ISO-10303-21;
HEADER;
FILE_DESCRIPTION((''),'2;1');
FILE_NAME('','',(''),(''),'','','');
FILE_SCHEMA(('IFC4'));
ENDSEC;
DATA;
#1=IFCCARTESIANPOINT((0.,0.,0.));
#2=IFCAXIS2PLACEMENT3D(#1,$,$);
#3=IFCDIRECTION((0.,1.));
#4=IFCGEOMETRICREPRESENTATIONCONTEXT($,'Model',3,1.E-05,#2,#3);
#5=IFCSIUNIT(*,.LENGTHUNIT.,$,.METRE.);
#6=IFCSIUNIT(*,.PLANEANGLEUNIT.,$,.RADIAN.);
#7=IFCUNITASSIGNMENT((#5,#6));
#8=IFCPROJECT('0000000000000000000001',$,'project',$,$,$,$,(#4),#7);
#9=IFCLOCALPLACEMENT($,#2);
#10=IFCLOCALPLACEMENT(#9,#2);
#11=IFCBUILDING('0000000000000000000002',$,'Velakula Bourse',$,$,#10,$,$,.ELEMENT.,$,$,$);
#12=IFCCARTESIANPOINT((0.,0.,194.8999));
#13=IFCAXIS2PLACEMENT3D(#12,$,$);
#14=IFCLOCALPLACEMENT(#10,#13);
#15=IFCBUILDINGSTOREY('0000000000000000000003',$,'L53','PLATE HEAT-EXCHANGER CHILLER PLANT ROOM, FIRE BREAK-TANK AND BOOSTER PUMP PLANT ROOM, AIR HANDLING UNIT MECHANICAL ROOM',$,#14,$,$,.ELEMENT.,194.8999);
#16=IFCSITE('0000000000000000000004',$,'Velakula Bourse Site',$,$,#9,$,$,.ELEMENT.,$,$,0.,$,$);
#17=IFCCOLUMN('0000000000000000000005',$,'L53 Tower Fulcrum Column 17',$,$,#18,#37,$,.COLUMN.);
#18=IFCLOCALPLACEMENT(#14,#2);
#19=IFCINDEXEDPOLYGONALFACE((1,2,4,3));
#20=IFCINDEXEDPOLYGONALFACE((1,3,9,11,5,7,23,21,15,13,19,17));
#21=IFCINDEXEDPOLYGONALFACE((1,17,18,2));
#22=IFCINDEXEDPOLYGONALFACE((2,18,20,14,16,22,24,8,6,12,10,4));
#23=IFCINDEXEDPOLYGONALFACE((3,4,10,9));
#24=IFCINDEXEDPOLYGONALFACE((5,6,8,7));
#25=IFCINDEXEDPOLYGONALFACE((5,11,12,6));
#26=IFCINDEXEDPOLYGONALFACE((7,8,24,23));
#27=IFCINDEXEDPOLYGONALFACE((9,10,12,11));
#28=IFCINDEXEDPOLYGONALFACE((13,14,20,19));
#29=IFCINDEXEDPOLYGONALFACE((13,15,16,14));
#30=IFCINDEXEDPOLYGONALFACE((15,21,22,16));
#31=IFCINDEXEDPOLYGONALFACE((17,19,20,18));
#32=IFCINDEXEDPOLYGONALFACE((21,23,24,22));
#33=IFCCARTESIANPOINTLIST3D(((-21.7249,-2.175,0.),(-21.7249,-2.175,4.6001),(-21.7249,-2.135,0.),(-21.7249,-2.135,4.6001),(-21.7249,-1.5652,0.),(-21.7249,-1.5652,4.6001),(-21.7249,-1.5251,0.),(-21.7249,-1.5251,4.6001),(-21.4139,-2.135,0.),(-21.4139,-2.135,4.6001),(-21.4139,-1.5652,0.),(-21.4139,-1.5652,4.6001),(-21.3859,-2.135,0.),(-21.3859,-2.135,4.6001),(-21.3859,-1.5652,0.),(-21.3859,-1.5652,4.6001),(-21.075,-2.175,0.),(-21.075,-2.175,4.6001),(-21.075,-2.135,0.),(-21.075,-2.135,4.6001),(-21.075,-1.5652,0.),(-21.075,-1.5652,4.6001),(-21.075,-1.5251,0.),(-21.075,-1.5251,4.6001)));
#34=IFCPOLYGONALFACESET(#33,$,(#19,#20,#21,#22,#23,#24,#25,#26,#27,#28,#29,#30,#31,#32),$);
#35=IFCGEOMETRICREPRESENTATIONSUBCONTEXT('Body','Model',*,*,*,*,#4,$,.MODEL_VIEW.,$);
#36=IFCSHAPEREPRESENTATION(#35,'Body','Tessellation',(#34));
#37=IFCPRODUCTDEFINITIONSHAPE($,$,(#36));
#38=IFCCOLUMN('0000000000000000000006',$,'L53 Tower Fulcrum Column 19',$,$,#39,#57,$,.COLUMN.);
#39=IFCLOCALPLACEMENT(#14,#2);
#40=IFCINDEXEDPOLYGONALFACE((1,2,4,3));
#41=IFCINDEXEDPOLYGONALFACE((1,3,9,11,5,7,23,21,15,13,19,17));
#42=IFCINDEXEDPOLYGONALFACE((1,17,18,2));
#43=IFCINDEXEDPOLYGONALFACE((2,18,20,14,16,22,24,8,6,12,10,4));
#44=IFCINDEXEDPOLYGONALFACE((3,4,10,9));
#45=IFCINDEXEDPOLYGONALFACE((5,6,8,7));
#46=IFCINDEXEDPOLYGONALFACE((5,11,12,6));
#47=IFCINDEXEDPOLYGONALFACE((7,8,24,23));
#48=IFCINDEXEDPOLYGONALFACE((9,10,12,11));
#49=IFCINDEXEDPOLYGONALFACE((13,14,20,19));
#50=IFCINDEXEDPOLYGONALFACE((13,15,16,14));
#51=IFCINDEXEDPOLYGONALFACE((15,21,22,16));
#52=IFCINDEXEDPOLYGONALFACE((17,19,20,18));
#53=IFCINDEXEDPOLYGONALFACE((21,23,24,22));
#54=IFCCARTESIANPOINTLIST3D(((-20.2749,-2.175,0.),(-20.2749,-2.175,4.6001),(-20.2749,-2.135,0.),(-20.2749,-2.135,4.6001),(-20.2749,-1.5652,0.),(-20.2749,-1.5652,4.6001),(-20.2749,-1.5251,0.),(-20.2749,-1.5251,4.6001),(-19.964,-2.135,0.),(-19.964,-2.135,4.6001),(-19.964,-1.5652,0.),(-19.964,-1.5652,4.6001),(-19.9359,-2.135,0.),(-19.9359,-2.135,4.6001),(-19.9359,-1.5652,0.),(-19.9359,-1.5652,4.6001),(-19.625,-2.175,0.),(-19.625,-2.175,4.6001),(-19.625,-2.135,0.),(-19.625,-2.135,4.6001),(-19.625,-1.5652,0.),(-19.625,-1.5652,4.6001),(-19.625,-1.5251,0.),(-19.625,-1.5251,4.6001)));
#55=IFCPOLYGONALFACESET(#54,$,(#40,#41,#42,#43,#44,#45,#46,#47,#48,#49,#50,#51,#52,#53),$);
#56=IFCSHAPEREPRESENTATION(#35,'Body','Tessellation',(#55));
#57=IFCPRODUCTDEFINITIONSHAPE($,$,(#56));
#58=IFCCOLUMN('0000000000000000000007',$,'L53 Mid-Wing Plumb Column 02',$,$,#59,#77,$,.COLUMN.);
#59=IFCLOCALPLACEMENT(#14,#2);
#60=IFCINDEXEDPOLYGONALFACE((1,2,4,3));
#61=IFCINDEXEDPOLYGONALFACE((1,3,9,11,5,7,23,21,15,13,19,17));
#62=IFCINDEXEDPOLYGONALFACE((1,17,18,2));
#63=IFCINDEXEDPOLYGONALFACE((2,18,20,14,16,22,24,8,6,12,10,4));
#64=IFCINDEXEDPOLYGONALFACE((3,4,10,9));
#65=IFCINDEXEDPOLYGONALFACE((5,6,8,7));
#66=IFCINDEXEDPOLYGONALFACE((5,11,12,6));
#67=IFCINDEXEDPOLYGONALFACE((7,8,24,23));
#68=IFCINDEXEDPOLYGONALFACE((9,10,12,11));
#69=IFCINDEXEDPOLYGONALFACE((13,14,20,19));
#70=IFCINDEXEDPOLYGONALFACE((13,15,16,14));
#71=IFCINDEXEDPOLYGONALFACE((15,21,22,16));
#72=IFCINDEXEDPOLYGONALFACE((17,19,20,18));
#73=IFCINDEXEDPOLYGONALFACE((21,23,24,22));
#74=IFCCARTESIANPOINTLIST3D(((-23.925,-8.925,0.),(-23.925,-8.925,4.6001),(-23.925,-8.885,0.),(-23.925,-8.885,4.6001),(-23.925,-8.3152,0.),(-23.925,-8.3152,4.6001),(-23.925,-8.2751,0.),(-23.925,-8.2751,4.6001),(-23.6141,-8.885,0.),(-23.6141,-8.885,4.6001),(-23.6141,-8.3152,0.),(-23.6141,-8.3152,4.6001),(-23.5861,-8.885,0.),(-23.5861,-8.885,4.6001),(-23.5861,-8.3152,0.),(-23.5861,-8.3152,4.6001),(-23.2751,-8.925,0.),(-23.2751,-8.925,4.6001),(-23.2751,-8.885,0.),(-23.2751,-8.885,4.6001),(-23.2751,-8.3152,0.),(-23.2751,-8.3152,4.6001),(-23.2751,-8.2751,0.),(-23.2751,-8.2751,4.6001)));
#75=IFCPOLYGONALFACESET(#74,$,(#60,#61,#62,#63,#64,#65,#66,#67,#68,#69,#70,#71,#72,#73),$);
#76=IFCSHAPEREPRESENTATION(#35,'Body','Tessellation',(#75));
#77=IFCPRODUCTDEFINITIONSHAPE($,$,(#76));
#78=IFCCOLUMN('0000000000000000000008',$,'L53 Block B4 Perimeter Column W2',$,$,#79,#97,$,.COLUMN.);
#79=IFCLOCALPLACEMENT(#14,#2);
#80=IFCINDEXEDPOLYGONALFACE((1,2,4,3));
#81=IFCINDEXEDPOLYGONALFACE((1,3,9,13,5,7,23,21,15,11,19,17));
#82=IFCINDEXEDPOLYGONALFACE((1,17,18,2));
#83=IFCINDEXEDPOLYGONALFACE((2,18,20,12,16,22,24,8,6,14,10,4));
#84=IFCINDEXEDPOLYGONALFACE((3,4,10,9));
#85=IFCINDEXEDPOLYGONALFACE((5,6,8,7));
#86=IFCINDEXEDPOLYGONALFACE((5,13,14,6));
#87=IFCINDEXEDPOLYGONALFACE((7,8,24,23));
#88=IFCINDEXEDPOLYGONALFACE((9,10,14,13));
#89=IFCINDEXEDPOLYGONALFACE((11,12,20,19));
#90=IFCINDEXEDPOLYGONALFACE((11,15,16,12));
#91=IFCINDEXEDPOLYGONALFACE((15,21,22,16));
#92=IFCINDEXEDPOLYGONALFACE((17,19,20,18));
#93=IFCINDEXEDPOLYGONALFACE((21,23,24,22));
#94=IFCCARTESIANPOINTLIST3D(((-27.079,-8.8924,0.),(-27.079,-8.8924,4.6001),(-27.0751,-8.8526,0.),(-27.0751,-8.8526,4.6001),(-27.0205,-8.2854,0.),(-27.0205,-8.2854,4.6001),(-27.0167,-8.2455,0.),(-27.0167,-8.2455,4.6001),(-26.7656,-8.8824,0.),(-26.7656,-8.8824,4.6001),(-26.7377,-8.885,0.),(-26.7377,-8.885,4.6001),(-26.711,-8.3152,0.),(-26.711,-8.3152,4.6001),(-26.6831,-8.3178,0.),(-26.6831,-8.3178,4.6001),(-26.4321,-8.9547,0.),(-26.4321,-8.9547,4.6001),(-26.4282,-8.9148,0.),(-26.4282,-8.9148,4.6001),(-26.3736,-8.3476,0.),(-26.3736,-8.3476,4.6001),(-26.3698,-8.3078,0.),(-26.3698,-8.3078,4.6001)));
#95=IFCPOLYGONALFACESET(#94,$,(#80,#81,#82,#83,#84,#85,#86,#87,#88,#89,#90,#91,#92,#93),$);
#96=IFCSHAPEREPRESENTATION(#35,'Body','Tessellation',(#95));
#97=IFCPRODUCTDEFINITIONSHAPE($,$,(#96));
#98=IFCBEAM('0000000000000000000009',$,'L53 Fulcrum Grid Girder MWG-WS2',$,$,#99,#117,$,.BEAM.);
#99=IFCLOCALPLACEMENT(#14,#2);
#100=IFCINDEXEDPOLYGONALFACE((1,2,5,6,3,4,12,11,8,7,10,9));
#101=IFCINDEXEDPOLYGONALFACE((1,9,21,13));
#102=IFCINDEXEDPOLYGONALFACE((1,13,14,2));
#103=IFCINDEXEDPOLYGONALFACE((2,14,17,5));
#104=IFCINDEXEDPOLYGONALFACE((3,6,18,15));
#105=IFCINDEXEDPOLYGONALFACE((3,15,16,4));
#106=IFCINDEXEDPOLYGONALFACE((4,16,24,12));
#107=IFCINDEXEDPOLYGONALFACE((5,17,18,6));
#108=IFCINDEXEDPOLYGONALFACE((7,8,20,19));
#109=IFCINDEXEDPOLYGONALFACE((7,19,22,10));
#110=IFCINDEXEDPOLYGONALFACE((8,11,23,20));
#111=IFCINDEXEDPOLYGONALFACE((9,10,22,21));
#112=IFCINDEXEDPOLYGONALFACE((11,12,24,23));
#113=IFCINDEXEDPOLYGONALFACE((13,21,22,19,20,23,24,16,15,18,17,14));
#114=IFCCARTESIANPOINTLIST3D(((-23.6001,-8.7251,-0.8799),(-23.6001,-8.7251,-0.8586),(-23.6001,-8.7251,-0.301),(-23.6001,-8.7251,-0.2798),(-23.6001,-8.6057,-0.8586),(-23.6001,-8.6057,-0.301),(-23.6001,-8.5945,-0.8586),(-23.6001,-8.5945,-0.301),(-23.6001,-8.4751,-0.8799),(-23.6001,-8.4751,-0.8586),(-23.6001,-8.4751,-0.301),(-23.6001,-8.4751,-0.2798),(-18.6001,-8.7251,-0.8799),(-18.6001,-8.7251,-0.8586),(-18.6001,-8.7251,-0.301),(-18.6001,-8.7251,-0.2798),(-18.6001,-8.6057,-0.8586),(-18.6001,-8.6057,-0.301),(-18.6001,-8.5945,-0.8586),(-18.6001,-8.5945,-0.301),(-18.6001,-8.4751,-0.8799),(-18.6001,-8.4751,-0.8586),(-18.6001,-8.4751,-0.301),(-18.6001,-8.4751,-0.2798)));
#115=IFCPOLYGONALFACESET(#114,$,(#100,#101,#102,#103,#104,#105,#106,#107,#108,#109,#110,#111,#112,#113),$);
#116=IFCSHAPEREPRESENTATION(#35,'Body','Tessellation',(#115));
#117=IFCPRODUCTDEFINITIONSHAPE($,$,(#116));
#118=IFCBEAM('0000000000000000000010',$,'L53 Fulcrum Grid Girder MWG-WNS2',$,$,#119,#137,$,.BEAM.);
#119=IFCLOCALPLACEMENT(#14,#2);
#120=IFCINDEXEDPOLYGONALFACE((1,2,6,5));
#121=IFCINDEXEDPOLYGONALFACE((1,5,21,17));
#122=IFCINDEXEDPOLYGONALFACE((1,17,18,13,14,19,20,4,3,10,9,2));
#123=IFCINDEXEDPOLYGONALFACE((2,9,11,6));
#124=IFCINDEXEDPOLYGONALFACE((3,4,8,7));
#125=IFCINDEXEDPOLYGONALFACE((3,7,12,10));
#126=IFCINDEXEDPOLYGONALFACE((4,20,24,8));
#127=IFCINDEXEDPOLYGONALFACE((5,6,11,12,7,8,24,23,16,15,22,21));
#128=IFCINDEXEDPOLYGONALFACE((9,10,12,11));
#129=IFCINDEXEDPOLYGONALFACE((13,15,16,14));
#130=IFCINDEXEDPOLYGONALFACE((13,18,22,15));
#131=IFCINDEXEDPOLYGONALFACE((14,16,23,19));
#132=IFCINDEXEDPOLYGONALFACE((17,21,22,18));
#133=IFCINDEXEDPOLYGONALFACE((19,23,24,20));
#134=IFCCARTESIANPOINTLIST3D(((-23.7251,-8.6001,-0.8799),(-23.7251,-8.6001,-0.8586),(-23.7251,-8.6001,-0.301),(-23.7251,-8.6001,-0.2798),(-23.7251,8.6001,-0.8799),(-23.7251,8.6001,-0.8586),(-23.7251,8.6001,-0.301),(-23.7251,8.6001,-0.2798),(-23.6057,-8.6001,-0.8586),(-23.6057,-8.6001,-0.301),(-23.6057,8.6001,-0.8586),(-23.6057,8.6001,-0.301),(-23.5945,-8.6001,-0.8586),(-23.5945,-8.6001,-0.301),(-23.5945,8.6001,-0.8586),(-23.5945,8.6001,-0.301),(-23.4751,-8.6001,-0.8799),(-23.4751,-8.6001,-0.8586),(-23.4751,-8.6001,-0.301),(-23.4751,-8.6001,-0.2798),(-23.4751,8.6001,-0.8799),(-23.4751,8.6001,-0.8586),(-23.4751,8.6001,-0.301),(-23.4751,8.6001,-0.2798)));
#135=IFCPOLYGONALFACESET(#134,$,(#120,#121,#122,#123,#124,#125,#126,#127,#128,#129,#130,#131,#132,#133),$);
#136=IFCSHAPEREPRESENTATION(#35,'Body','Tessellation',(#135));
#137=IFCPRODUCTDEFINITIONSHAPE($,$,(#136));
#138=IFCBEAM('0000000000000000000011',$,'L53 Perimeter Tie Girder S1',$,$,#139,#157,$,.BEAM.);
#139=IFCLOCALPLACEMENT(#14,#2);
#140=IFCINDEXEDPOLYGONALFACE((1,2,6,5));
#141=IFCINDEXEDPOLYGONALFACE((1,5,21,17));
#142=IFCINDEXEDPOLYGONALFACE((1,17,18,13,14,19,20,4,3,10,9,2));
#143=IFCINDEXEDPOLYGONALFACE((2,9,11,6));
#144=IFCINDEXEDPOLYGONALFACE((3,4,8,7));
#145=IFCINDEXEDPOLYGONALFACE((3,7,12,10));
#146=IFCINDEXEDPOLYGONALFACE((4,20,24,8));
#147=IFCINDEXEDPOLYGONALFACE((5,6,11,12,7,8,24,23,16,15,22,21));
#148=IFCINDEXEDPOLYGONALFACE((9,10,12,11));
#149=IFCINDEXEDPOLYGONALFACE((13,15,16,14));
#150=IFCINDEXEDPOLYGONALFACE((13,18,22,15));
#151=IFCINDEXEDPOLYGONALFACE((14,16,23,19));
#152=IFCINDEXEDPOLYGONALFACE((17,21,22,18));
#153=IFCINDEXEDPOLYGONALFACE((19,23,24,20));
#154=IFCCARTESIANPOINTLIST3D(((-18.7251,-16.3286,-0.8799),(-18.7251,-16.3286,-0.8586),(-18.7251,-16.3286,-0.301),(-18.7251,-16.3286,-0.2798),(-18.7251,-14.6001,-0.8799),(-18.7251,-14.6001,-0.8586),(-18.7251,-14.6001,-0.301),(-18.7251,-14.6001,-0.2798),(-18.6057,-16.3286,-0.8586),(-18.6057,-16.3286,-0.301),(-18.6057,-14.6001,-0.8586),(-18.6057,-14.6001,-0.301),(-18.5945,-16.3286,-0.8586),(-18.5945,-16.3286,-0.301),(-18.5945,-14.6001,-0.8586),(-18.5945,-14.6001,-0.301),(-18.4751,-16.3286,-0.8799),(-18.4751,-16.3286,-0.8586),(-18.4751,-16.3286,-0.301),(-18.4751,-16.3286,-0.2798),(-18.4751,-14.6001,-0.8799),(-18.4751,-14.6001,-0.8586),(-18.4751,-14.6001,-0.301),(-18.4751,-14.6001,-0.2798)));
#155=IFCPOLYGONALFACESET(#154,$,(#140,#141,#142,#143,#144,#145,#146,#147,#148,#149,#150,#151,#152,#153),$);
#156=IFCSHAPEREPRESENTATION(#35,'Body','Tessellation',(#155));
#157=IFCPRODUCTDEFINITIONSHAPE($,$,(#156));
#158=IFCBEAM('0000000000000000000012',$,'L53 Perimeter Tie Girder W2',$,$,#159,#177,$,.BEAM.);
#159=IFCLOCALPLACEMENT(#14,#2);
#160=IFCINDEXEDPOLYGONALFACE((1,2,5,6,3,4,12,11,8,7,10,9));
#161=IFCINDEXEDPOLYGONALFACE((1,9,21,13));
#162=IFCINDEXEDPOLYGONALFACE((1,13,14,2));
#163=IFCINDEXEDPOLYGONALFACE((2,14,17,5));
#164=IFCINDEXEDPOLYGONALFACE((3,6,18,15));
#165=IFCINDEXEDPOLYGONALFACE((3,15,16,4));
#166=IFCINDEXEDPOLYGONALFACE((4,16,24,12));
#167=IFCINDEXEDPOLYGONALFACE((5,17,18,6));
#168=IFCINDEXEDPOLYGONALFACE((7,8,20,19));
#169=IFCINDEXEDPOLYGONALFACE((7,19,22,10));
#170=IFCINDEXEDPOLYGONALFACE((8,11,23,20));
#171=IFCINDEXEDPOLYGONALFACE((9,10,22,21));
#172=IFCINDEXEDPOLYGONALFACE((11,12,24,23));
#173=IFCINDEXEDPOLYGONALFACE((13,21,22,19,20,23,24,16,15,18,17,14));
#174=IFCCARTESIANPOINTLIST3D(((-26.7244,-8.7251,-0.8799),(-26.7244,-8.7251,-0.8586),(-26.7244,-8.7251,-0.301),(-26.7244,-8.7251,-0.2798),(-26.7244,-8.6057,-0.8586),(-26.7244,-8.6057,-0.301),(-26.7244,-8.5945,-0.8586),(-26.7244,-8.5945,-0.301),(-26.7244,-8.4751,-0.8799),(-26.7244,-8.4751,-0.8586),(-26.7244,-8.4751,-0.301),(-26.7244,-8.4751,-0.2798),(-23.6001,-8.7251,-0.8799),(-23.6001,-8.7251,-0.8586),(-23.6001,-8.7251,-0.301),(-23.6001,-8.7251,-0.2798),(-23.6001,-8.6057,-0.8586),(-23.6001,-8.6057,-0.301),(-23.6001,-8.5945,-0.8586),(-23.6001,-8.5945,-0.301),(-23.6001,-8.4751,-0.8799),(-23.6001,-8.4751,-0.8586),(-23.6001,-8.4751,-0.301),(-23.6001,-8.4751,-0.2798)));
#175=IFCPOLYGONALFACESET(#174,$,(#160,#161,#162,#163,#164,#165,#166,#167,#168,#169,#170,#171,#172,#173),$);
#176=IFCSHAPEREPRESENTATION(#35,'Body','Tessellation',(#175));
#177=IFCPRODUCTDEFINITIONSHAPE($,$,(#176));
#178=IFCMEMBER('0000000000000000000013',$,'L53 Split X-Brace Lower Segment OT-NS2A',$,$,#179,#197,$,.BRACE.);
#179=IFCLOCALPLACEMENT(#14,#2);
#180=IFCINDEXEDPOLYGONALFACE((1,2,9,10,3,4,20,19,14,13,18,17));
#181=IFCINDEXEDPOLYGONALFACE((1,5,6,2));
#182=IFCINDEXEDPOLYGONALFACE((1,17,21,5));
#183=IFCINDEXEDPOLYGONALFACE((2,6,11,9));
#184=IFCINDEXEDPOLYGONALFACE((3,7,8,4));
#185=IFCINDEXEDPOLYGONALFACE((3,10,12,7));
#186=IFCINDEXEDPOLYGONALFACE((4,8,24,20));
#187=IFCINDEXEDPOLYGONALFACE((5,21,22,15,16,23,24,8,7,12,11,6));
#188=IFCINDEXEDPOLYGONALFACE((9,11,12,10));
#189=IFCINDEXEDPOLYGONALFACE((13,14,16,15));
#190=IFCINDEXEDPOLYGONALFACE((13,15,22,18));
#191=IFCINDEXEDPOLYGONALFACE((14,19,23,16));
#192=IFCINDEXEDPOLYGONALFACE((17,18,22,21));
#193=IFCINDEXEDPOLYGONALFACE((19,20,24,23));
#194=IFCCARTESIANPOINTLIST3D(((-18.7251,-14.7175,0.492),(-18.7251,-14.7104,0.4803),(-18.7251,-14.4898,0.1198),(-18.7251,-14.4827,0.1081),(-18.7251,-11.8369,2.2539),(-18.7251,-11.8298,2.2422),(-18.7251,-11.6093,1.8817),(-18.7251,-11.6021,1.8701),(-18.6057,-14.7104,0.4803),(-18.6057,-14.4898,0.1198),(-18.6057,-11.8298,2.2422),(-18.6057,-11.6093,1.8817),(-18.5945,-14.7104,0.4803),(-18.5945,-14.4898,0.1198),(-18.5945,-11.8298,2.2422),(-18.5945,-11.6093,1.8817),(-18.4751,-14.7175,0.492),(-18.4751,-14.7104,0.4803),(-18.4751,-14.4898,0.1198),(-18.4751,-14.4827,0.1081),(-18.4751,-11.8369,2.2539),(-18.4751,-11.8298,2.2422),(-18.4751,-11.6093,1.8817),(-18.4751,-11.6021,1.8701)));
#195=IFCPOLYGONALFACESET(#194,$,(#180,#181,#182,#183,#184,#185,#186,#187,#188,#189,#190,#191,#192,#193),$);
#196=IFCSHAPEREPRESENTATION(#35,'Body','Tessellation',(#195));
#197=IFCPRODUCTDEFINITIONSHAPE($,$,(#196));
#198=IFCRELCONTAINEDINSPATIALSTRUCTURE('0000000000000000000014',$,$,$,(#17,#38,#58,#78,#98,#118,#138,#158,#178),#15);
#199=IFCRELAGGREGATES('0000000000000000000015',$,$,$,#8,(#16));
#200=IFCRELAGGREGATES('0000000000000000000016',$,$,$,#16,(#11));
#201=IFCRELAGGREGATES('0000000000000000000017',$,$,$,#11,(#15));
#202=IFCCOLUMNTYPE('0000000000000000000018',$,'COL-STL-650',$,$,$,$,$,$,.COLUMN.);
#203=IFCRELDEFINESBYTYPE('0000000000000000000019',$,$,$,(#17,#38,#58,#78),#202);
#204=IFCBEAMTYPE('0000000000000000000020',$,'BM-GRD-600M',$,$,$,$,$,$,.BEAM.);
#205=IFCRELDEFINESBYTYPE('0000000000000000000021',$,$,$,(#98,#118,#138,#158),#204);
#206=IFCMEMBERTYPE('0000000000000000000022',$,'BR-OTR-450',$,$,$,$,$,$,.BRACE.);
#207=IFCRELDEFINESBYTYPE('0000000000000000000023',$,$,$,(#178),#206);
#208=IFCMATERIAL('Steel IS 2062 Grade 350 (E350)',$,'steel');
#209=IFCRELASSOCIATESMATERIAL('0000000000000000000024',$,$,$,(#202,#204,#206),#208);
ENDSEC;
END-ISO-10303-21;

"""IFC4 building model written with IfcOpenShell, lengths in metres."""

from ifc_helpers import new_model, si_unit, direction, frame, origin, origin_2d, place, context, subcontext, project, spatial, i_section, extrude, material, material_profile, profile_set, type_object, element, save


model = new_model("IFC4")

# Units and contexts
model_context = context("Model", 3, precision=1e-05, world=origin(), true_north=direction((0.0, 1.0)))
body_context = subcontext(model_context, "Body", "Model", "MODEL_VIEW")
ifc_project = project(units=[si_unit("LENGTHUNIT", "METRE"), si_unit("PLANEANGLEUNIT", "RADIAN")], contexts=[model_context])

# Site, building, storey
site_placement = place(None, origin())
site = spatial("IfcSite", under=ifc_project, at=site_placement, Name="Velakula Bourse Site", CompositionType="ELEMENT", RefElevation=0.0)
building_placement = place(site_placement, origin())
building = spatial("IfcBuilding", under=site, at=building_placement, Name="Velakula Bourse", CompositionType="ELEMENT")
storey_placement = place(building_placement, frame((0.0, 0.0, 194.8999)))
storey = spatial("IfcBuildingStorey", under=building, at=storey_placement, Name="L53", Description="PLATE HEAT-EXCHANGER CHILLER PLANT ROOM, FIRE BREAK-TANK AND BOOSTER PUMP PLANT ROOM, AIR HANDLING UNIT MECHANICAL ROOM", CompositionType="ELEMENT", Elevation=194.8999)

# Columns
ifc_material_1 = material(Name="Steel IS 2062 Grade 350 (E350)", Category="steel")
ifc_material_profile_1 = material_profile(ifc_material_1, i_section(OverallWidth=0.6499, OverallDepth=0.6499, WebThickness=0.0281, FlangeThickness=0.04, at=origin_2d()), Name="Steel IS 2062 Grade 350 (E350)")
ifc_profile_set_1 = profile_set([ifc_material_profile_1], Name="Steel IS 2062 Grade 350 (E350)")
column_type = type_object("IfcColumnType", Name="COL-STL-650", PredefinedType="COLUMN", material=ifc_profile_set_1)
for number, where, z_axis, x_axis, name in (
    (1, (-21.3999, -1.8501, 0.0), (0.0, 0.0, 1.0), (1.0, 0.0, 0.0), "L53 Tower Fulcrum Column 17"),
    (2, (-19.95, -1.8501, 0.0), (0.0, 0.0, 1.0), (1.0, 0.0, 0.0), "L53 Tower Fulcrum Column 19"),
    (3, (-23.6001, -8.6001, 0.0), (0.0, 0.0, 1.0), (1.0, 0.0, 0.0), "L53 Mid-Wing Plumb Column 02"),
    (4, (-26.7244, -8.6001, 0.0), (0.0, 0.0, 1.0), (0.995396, -0.095846, 0.0), "L53 Block B4 Perimeter Column W2"),
):
    element("IfcColumn", number, at=place(storey_placement, frame(where, z_axis=z_axis, x_axis=x_axis)), inside=storey, type_object=column_type, Name=name, PredefinedType="COLUMN", context=body_context, shape_type="SweptSolid", body=[
        extrude(i_section(OverallWidth=0.6499, OverallDepth=0.6499, WebThickness=0.0281, FlangeThickness=0.04, at=origin_2d()), origin(), (0.0, 0.0, 1.0), 4.6001),
    ])

# Beams
ifc_material_profile_2 = material_profile(ifc_material_1, i_section(OverallWidth=0.25, OverallDepth=0.6001, WebThickness=0.0112, FlangeThickness=0.0212, at=origin_2d()), Name="Steel IS 2062 Grade 350 (E350)")
ifc_profile_set_2 = profile_set([ifc_material_profile_2], Name="Steel IS 2062 Grade 350 (E350)")
beam_type_1 = type_object("IfcBeamType", Name="BM-GRD-600M", PredefinedType="BEAM", material=ifc_profile_set_2)
beam_1_placement = place(storey_placement, frame((-23.6001, -8.6001, -0.5798), z_axis=(1.0, 0.0, 0.0), x_axis=(0.0, 1.0, 0.0)))
element("IfcBeam", 5, at=beam_1_placement, inside=storey, type_object=beam_type_1, Name="L53 Fulcrum Grid Girder MWG-WS2", PredefinedType="BEAM", context=body_context, shape_type="SweptSolid", body=[
    extrude(i_section(OverallWidth=0.25, OverallDepth=0.6001, WebThickness=0.0112, FlangeThickness=0.0212, at=origin_2d()), origin(), (0.0, 0.0, 1.0), 5.0),
])
beam_2_placement = place(storey_placement, frame((-23.6001, -8.6001, -0.5798), z_axis=(0.0, 1.0, 0.0), x_axis=(-1.0, 0.0, 0.0)))
element("IfcBeam", 6, at=beam_2_placement, inside=storey, type_object=beam_type_1, Name="L53 Fulcrum Grid Girder MWG-WNS2", PredefinedType="BEAM", context=body_context, shape_type="SweptSolid", body=[
    extrude(i_section(OverallWidth=0.25, OverallDepth=0.6001, WebThickness=0.0112, FlangeThickness=0.0212, at=origin_2d()), origin(), (0.0, 0.0, 1.0), 17.2002),
])
beam_3_placement = place(storey_placement, frame((-18.6001, -14.6001, -0.5798), z_axis=(0.0, -1.0, 0.0), x_axis=(1.0, 0.0, 0.0)))
element("IfcBeam", 7, at=beam_3_placement, inside=storey, type_object=beam_type_1, Name="L53 Perimeter Tie Girder S1", PredefinedType="BEAM", context=body_context, shape_type="SweptSolid", body=[
    extrude(i_section(OverallWidth=0.25, OverallDepth=0.6001, WebThickness=0.0112, FlangeThickness=0.0212, at=origin_2d()), origin(), (0.0, 0.0, 1.0), 1.7285),
])
beam_4_placement = place(storey_placement, frame((-23.6001, -8.6001, -0.5798), z_axis=(-1.0, 0.0, 0.0), x_axis=(0.0, -1.0, 0.0)))
element("IfcBeam", 8, at=beam_4_placement, inside=storey, type_object=beam_type_1, Name="L53 Perimeter Tie Girder W2", PredefinedType="BEAM", context=body_context, shape_type="SweptSolid", body=[
    extrude(i_section(OverallWidth=0.25, OverallDepth=0.6001, WebThickness=0.0112, FlangeThickness=0.0212, at=origin_2d()), origin(), (0.0, 0.0, 1.0), 3.1243),
])

# Member
ifc_material_profile_3 = material_profile(ifc_material_1, i_section(OverallWidth=0.25, OverallDepth=0.45, WebThickness=0.0112, FlangeThickness=0.0137, at=origin_2d()), Name="Steel IS 2062 Grade 350 (E350)")
ifc_profile_set_3 = profile_set([ifc_material_profile_3], Name="Steel IS 2062 Grade 350 (E350)")
member_type = type_object("IfcMemberType", Name="BR-OTR-450", PredefinedType="BRACE", material=ifc_profile_set_3)
member_placement = place(storey_placement, frame((-18.6001, -14.6001, 0.3), z_axis=(0.0, 0.853073, 0.521792), x_axis=(-1.0, 0.0, 0.0)))
element("IfcMember", 9, at=member_placement, inside=storey, type_object=member_type, Name="L53 Split X-Brace Lower Segment OT-NS2A", PredefinedType="BRACE", context=body_context, shape_type="SweptSolid", body=[
    extrude(i_section(OverallWidth=0.25, OverallDepth=0.45, WebThickness=0.0112, FlangeThickness=0.0137, at=origin_2d()), origin(), (0.0, 0.0, 1.0), 3.3767),
])

save(model, "model.ifc")
